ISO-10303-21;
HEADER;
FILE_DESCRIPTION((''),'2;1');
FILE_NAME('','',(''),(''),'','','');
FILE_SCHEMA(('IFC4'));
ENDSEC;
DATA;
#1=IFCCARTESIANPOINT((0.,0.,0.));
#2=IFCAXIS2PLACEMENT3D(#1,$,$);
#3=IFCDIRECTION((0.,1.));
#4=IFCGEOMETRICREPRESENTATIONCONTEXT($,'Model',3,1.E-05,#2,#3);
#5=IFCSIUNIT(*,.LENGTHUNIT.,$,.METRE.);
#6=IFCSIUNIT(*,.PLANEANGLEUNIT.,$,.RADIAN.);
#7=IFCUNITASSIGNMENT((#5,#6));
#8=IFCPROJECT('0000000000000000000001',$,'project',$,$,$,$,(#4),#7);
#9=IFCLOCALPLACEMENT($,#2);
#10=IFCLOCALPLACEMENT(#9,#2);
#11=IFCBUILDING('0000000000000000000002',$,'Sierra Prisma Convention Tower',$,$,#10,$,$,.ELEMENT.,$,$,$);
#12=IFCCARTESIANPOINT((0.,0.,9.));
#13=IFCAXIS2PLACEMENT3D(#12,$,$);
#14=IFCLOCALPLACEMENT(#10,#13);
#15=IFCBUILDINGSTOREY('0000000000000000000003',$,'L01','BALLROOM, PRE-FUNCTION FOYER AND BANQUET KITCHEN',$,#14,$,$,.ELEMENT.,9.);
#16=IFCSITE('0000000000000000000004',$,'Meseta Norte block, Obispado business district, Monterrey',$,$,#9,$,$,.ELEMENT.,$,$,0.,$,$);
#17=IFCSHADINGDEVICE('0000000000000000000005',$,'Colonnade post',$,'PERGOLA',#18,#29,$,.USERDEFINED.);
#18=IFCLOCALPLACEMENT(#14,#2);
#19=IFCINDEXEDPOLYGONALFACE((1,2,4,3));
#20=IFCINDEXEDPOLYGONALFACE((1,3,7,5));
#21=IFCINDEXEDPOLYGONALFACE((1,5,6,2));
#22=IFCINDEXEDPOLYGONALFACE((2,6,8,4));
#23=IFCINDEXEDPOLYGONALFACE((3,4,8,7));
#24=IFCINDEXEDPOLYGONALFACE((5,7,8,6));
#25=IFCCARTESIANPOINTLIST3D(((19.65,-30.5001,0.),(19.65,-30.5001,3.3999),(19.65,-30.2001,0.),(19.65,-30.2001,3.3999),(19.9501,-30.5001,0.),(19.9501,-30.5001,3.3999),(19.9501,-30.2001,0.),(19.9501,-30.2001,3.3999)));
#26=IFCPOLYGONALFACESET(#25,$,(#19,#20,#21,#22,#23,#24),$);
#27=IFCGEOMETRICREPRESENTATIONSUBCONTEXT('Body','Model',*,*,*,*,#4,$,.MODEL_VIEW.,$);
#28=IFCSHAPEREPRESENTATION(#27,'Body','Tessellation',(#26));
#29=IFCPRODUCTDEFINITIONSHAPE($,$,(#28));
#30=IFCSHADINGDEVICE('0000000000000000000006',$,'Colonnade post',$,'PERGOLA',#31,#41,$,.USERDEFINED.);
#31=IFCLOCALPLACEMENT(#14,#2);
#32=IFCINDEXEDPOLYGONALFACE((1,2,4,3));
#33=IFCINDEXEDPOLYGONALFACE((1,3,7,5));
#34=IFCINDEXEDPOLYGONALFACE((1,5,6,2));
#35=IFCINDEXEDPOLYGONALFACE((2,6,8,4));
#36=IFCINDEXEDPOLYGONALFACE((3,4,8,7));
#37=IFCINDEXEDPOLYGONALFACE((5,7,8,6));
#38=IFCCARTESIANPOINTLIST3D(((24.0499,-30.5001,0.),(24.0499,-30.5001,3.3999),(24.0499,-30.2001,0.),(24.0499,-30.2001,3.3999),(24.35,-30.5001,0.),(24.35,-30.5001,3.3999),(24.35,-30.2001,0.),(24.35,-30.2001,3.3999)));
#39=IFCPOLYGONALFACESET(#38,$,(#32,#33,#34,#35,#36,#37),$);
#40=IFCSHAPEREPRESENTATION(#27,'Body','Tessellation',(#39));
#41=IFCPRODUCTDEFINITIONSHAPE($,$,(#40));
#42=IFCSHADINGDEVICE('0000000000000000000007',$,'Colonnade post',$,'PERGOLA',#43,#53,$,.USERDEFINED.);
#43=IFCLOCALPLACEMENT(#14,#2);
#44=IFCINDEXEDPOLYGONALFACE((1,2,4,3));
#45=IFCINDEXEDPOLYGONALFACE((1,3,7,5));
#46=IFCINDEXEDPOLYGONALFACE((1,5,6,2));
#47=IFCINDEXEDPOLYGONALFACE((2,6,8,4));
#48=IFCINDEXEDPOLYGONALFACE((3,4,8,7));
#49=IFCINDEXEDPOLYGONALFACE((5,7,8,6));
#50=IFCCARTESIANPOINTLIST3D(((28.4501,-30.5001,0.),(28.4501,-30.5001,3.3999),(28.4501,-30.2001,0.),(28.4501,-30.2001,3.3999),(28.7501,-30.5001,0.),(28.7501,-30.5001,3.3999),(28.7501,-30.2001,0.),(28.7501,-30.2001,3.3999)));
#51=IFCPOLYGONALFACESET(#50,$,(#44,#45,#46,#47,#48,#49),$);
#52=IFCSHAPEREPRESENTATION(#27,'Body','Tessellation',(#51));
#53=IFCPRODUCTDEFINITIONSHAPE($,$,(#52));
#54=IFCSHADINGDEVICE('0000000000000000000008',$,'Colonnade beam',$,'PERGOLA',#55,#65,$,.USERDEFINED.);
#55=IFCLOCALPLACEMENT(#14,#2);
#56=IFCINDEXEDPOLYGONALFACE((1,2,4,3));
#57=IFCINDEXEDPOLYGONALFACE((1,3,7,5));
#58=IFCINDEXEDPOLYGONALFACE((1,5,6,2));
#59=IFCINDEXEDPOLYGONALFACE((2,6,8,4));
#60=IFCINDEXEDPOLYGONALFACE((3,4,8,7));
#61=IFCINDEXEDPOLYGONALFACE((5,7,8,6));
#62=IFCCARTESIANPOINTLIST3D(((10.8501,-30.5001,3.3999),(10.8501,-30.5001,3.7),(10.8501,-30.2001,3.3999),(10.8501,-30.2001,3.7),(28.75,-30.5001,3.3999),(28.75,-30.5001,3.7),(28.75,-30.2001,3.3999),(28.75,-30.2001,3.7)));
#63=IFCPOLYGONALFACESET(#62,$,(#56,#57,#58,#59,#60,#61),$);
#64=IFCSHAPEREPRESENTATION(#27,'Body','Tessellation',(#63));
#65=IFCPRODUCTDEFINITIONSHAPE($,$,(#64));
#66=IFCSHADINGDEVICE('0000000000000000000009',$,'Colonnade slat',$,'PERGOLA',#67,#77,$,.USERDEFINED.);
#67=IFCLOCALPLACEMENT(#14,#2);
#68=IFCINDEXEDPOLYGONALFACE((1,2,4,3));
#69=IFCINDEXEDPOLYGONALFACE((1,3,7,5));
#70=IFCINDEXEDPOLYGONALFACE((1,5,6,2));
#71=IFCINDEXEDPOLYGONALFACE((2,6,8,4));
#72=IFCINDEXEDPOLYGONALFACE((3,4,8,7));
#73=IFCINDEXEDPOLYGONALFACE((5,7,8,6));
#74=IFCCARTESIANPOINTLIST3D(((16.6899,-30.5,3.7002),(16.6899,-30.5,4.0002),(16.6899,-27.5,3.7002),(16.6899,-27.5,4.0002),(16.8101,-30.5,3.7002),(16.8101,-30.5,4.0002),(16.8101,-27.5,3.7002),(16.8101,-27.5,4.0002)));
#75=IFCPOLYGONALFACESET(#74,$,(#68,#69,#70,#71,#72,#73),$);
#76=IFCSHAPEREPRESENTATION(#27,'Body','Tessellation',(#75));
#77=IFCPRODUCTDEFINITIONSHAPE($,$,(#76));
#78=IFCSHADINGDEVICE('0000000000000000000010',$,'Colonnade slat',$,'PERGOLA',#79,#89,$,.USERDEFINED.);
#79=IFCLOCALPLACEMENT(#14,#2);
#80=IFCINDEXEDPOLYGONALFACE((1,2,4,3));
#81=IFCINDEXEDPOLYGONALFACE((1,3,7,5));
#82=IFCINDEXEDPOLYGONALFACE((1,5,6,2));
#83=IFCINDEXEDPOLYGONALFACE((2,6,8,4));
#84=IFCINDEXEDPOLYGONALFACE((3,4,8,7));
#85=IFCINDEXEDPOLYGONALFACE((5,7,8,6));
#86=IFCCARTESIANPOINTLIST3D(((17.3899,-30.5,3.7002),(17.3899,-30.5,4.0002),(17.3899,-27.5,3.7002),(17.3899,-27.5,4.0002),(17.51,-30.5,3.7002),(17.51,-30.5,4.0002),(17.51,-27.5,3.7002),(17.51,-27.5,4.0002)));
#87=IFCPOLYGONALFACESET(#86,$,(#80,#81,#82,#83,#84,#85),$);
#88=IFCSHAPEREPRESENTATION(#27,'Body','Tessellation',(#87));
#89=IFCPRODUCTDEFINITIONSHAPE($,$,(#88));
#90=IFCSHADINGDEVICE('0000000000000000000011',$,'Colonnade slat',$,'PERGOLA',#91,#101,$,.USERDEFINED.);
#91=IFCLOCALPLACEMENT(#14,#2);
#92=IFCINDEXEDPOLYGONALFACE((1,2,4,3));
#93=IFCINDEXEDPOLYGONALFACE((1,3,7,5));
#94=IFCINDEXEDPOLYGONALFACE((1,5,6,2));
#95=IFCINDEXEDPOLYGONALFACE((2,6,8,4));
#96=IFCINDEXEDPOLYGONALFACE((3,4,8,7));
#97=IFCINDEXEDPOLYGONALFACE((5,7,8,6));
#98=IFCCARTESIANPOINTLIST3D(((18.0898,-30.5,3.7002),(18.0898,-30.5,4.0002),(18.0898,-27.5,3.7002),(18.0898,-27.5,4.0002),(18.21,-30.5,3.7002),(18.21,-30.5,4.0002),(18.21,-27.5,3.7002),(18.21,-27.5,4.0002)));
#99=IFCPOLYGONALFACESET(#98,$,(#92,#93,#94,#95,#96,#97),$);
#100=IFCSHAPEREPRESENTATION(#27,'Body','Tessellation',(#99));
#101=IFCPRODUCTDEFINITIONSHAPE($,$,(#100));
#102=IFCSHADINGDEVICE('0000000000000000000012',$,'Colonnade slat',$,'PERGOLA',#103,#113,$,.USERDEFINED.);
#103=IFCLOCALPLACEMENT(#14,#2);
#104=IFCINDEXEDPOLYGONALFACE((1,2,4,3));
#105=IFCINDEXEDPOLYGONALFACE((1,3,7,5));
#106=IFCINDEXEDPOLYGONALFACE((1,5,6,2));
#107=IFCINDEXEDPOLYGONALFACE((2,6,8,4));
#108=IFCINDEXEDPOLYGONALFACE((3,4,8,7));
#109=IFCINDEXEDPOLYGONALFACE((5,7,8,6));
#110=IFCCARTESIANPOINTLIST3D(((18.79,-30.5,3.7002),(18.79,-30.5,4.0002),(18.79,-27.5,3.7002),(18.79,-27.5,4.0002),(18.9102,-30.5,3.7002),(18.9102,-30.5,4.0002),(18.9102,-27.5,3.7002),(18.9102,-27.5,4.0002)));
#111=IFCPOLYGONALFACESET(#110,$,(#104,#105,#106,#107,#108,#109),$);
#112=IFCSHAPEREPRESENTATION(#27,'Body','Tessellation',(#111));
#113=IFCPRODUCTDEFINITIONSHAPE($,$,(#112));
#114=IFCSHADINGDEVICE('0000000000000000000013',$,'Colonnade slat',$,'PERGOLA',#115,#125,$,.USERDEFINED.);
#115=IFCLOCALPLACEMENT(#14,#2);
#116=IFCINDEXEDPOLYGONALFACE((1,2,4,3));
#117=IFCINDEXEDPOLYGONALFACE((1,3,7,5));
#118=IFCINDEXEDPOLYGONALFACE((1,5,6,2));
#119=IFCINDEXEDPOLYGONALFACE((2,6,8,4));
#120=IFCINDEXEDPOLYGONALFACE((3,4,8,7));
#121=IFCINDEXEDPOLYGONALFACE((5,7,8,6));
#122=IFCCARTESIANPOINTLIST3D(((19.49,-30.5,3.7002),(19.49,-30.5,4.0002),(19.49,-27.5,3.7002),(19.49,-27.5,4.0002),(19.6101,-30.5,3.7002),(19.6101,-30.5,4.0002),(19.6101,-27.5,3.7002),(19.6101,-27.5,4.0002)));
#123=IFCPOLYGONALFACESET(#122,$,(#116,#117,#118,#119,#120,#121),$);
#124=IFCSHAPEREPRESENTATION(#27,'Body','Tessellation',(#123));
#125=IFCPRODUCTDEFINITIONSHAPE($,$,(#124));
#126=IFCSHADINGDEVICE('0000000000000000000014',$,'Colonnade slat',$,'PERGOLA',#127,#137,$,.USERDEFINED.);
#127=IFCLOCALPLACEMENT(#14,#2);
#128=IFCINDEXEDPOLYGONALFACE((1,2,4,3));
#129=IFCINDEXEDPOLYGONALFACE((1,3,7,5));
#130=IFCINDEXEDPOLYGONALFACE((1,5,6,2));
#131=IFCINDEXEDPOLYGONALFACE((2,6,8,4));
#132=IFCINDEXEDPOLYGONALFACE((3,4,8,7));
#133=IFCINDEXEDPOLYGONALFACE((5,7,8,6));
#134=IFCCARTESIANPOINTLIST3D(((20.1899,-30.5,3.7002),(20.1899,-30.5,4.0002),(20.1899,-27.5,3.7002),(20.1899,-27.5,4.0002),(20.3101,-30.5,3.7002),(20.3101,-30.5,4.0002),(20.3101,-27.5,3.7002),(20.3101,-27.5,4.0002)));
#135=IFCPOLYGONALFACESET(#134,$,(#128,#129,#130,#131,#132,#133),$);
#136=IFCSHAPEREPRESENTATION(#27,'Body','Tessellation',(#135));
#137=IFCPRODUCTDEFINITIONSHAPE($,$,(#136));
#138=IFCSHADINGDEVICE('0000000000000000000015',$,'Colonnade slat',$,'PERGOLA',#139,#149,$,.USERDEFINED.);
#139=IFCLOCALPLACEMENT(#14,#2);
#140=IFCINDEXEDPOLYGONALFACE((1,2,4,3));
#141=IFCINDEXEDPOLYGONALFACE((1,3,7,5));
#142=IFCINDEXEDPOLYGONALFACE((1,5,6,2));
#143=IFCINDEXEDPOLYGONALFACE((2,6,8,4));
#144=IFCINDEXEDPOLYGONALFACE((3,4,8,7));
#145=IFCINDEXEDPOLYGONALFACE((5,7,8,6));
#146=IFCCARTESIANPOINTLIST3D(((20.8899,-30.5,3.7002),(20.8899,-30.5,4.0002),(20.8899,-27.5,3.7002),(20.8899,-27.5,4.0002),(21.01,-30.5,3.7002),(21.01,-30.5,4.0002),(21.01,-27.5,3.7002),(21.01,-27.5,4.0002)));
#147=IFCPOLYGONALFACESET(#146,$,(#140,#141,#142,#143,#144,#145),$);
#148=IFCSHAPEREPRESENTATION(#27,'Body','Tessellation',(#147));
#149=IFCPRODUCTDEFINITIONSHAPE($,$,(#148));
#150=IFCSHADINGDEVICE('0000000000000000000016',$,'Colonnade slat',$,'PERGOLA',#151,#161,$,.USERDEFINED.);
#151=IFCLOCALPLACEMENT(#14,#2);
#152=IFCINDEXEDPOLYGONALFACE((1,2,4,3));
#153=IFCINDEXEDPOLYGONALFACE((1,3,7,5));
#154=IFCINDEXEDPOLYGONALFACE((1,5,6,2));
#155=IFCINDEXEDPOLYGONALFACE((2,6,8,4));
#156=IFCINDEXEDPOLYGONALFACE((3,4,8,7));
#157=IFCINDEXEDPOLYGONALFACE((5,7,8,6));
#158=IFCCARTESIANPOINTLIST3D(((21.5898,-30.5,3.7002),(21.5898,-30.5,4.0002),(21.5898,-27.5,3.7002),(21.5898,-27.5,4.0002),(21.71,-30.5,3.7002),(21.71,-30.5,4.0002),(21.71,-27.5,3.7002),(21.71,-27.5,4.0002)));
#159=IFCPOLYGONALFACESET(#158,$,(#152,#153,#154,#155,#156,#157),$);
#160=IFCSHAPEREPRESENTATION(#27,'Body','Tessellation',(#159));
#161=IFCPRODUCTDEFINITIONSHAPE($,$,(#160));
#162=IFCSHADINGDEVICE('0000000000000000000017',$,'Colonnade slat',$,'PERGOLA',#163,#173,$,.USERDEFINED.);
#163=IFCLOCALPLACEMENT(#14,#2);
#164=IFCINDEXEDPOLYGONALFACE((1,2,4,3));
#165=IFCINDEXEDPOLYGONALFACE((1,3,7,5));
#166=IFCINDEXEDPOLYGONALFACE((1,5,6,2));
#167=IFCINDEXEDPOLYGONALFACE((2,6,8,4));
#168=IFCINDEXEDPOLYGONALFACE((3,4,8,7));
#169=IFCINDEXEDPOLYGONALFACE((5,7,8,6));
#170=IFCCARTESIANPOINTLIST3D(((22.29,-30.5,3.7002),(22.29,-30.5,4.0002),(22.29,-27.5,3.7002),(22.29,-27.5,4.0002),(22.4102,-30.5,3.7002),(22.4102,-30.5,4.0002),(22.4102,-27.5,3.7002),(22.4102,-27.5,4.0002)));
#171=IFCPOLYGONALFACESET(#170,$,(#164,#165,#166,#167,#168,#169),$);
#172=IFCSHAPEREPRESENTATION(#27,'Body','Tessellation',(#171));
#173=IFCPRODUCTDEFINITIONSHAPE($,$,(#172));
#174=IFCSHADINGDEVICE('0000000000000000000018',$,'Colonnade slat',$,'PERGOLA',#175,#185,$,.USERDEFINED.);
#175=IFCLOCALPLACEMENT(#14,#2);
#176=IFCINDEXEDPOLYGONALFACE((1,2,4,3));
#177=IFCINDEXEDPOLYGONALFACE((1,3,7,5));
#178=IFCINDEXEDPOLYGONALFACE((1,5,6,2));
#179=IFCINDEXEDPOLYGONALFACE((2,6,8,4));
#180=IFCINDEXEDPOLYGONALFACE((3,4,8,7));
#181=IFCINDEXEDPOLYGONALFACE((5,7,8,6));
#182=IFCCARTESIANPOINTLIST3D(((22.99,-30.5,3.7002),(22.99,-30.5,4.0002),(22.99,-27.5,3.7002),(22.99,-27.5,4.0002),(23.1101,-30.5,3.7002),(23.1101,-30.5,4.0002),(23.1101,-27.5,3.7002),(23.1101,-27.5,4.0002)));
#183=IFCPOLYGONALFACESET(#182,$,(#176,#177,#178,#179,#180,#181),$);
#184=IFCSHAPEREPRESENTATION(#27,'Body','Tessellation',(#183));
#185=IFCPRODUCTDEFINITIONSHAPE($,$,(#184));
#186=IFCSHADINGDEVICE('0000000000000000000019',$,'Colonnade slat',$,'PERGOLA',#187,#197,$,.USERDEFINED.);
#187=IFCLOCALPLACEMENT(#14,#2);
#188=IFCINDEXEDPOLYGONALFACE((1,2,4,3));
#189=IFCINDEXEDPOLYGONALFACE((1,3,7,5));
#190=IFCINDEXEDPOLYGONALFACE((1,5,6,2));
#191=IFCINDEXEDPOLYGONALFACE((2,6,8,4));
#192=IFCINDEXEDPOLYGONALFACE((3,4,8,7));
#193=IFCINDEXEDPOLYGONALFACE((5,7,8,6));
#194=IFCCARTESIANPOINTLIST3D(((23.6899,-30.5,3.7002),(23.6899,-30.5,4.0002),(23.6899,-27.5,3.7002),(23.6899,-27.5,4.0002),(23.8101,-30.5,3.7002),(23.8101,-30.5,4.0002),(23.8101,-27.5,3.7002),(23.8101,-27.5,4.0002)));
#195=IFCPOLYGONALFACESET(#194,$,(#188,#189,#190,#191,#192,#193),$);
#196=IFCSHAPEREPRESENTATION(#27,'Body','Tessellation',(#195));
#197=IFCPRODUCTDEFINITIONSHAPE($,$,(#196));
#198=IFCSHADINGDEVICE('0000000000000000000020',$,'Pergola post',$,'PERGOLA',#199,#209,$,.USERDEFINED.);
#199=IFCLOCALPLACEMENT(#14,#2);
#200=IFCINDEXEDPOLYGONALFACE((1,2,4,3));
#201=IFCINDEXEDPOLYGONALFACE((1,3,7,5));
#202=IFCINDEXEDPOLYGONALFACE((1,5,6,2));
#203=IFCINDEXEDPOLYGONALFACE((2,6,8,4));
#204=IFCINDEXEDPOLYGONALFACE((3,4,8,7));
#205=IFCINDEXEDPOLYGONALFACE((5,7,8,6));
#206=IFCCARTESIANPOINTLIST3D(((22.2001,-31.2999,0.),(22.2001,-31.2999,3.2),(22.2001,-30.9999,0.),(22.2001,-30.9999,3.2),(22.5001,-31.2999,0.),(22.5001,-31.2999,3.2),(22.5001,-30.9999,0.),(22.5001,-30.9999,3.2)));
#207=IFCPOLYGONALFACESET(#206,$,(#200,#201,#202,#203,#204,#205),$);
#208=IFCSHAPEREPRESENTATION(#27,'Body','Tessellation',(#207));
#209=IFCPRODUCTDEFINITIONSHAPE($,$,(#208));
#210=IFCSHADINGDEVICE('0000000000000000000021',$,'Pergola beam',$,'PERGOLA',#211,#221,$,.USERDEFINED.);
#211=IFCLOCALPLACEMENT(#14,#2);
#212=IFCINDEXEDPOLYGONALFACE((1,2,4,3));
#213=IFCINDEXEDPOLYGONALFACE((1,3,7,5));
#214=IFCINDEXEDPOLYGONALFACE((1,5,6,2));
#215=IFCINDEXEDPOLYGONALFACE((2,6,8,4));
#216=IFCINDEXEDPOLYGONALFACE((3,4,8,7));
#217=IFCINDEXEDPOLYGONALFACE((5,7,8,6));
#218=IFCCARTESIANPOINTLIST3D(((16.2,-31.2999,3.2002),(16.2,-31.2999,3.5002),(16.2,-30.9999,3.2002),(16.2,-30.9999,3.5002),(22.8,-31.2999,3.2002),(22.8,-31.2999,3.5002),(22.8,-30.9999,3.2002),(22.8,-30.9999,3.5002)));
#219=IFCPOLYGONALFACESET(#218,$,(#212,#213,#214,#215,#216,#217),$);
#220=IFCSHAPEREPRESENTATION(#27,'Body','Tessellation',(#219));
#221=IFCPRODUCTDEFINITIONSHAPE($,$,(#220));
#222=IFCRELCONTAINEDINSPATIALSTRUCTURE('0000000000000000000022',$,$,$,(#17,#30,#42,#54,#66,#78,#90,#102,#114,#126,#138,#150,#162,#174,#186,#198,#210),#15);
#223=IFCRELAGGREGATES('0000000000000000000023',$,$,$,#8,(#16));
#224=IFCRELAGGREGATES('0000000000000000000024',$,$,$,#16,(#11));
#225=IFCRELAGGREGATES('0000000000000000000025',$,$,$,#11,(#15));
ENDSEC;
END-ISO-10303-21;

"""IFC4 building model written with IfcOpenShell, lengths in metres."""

from ifc_helpers import new_model, si_unit, direction, frame, origin, origin_2d, place, context, subcontext, project, spatial, rectangle, extrude, element, save


model = new_model("IFC4")

# Units and contexts
model_context = context("Model", 3, precision=1e-05, world=origin(), true_north=direction((0.0, 1.0)))
body_context = subcontext(model_context, "Body", "Model", "MODEL_VIEW")
ifc_project = project(units=[si_unit("LENGTHUNIT", "METRE"), si_unit("PLANEANGLEUNIT", "RADIAN")], contexts=[model_context])

# Site, building, storey
site_placement = place(None, origin())
site = spatial("IfcSite", under=ifc_project, at=site_placement, Name="Meseta Norte block, Obispado business district, Monterrey", CompositionType="ELEMENT", RefElevation=0.0)
building_placement = place(site_placement, origin())
building = spatial("IfcBuilding", under=site, at=building_placement, Name="Sierra Prisma Convention Tower", CompositionType="ELEMENT")
storey_placement = place(building_placement, frame((0.0, 0.0, 9.0)))
storey = spatial("IfcBuildingStorey", under=building, at=storey_placement, Name="L01", Description="BALLROOM, PRE-FUNCTION FOYER AND BANQUET KITCHEN", CompositionType="ELEMENT", Elevation=9.0)

# Shading devices
for number, where, z_axis, x_axis, name in (
    (1, (19.8, -30.3501, 0.0), (0.0, 0.0, 1.0), (1.0, 0.0, 0.0), "Colonnade post"),
    (2, (24.2, -30.3501, 0.0), (0.0, 0.0, 1.0), (1.0, 0.0, 0.0), "Colonnade post"),
    (3, (28.6001, -30.3501, 0.0), (0.0, 0.0, 1.0), (1.0, 0.0, 0.0), "Colonnade post"),
):
    element("IfcShadingDevice", number, at=place(storey_placement, frame(where, z_axis=z_axis, x_axis=x_axis)), inside=storey, Name=name, ObjectType="PERGOLA", PredefinedType="USERDEFINED", context=body_context, shape_type="SweptSolid", body=[
        extrude(rectangle(XDim=0.3, YDim=0.3, at=origin_2d()), origin(), (0.0, 0.0, 1.0), 3.3999),
    ])
shading_device_1_placement = place(storey_placement, frame((19.8, -30.3501, 3.3999), z_axis=(0.0, 0.0, 1.0), x_axis=(1.0, 0.0, 0.0)))
element("IfcShadingDevice", 4, at=shading_device_1_placement, inside=storey, Name="Colonnade beam", ObjectType="PERGOLA", PredefinedType="USERDEFINED", context=body_context, shape_type="SweptSolid", body=[
    extrude(rectangle(XDim=17.8999, YDim=0.3, at=origin_2d()), origin(), (0.0, 0.0, 1.0), 0.3),
])
for number, where, z_axis, x_axis, name in (
    (5, (16.75, -29.0, 3.7002), (0.0, 0.0, 1.0), (1.0, 0.0, 0.0), "Colonnade slat"),
    (6, (17.45, -29.0, 3.7002), (0.0, 0.0, 1.0), (1.0, 0.0, 0.0), "Colonnade slat"),
    (7, (18.1499, -29.0, 3.7002), (0.0, 0.0, 1.0), (1.0, 0.0, 0.0), "Colonnade slat"),
    (8, (18.8501, -29.0, 3.7002), (0.0, 0.0, 1.0), (1.0, 0.0, 0.0), "Colonnade slat"),
    (9, (19.55, -29.0, 3.7002), (0.0, 0.0, 1.0), (1.0, 0.0, 0.0), "Colonnade slat"),
    (10, (20.25, -29.0, 3.7002), (0.0, 0.0, 1.0), (1.0, 0.0, 0.0), "Colonnade slat"),
    (11, (20.95, -29.0, 3.7002), (0.0, 0.0, 1.0), (1.0, 0.0, 0.0), "Colonnade slat"),
    (12, (21.6499, -29.0, 3.7002), (0.0, 0.0, 1.0), (1.0, 0.0, 0.0), "Colonnade slat"),
    (13, (22.3501, -29.0, 3.7002), (0.0, 0.0, 1.0), (1.0, 0.0, 0.0), "Colonnade slat"),
    (14, (23.05, -29.0, 3.7002), (0.0, 0.0, 1.0), (1.0, 0.0, 0.0), "Colonnade slat"),
    (15, (23.75, -29.0, 3.7002), (0.0, 0.0, 1.0), (1.0, 0.0, 0.0), "Colonnade slat"),
):
    element("IfcShadingDevice", number, at=place(storey_placement, frame(where, z_axis=z_axis, x_axis=x_axis)), inside=storey, Name=name, ObjectType="PERGOLA", PredefinedType="USERDEFINED", context=body_context, shape_type="SweptSolid", body=[
        extrude(rectangle(XDim=0.1201, YDim=3.0, at=origin_2d()), origin(), (0.0, 0.0, 1.0), 0.3),
    ])
shading_device_2_placement = place(storey_placement, frame((22.3501, -31.1499, 0.0), z_axis=(0.0, 0.0, 1.0), x_axis=(1.0, 0.0, 0.0)))
element("IfcShadingDevice", 16, at=shading_device_2_placement, inside=storey, Name="Pergola post", ObjectType="PERGOLA", PredefinedType="USERDEFINED", context=body_context, shape_type="SweptSolid", body=[
    extrude(rectangle(XDim=0.3, YDim=0.3, at=origin_2d()), origin(), (0.0, 0.0, 1.0), 3.2),
])
shading_device_3_placement = place(storey_placement, frame((19.5, -31.1499, 3.2002), z_axis=(0.0, 0.0, 1.0), x_axis=(1.0, 0.0, 0.0)))
element("IfcShadingDevice", 17, at=shading_device_3_placement, inside=storey, Name="Pergola beam", ObjectType="PERGOLA", PredefinedType="USERDEFINED", context=body_context, shape_type="SweptSolid", body=[
    extrude(rectangle(XDim=6.6001, YDim=0.3, at=origin_2d()), origin(), (0.0, 0.0, 1.0), 0.3),
])

save(model, "model.ifc")
